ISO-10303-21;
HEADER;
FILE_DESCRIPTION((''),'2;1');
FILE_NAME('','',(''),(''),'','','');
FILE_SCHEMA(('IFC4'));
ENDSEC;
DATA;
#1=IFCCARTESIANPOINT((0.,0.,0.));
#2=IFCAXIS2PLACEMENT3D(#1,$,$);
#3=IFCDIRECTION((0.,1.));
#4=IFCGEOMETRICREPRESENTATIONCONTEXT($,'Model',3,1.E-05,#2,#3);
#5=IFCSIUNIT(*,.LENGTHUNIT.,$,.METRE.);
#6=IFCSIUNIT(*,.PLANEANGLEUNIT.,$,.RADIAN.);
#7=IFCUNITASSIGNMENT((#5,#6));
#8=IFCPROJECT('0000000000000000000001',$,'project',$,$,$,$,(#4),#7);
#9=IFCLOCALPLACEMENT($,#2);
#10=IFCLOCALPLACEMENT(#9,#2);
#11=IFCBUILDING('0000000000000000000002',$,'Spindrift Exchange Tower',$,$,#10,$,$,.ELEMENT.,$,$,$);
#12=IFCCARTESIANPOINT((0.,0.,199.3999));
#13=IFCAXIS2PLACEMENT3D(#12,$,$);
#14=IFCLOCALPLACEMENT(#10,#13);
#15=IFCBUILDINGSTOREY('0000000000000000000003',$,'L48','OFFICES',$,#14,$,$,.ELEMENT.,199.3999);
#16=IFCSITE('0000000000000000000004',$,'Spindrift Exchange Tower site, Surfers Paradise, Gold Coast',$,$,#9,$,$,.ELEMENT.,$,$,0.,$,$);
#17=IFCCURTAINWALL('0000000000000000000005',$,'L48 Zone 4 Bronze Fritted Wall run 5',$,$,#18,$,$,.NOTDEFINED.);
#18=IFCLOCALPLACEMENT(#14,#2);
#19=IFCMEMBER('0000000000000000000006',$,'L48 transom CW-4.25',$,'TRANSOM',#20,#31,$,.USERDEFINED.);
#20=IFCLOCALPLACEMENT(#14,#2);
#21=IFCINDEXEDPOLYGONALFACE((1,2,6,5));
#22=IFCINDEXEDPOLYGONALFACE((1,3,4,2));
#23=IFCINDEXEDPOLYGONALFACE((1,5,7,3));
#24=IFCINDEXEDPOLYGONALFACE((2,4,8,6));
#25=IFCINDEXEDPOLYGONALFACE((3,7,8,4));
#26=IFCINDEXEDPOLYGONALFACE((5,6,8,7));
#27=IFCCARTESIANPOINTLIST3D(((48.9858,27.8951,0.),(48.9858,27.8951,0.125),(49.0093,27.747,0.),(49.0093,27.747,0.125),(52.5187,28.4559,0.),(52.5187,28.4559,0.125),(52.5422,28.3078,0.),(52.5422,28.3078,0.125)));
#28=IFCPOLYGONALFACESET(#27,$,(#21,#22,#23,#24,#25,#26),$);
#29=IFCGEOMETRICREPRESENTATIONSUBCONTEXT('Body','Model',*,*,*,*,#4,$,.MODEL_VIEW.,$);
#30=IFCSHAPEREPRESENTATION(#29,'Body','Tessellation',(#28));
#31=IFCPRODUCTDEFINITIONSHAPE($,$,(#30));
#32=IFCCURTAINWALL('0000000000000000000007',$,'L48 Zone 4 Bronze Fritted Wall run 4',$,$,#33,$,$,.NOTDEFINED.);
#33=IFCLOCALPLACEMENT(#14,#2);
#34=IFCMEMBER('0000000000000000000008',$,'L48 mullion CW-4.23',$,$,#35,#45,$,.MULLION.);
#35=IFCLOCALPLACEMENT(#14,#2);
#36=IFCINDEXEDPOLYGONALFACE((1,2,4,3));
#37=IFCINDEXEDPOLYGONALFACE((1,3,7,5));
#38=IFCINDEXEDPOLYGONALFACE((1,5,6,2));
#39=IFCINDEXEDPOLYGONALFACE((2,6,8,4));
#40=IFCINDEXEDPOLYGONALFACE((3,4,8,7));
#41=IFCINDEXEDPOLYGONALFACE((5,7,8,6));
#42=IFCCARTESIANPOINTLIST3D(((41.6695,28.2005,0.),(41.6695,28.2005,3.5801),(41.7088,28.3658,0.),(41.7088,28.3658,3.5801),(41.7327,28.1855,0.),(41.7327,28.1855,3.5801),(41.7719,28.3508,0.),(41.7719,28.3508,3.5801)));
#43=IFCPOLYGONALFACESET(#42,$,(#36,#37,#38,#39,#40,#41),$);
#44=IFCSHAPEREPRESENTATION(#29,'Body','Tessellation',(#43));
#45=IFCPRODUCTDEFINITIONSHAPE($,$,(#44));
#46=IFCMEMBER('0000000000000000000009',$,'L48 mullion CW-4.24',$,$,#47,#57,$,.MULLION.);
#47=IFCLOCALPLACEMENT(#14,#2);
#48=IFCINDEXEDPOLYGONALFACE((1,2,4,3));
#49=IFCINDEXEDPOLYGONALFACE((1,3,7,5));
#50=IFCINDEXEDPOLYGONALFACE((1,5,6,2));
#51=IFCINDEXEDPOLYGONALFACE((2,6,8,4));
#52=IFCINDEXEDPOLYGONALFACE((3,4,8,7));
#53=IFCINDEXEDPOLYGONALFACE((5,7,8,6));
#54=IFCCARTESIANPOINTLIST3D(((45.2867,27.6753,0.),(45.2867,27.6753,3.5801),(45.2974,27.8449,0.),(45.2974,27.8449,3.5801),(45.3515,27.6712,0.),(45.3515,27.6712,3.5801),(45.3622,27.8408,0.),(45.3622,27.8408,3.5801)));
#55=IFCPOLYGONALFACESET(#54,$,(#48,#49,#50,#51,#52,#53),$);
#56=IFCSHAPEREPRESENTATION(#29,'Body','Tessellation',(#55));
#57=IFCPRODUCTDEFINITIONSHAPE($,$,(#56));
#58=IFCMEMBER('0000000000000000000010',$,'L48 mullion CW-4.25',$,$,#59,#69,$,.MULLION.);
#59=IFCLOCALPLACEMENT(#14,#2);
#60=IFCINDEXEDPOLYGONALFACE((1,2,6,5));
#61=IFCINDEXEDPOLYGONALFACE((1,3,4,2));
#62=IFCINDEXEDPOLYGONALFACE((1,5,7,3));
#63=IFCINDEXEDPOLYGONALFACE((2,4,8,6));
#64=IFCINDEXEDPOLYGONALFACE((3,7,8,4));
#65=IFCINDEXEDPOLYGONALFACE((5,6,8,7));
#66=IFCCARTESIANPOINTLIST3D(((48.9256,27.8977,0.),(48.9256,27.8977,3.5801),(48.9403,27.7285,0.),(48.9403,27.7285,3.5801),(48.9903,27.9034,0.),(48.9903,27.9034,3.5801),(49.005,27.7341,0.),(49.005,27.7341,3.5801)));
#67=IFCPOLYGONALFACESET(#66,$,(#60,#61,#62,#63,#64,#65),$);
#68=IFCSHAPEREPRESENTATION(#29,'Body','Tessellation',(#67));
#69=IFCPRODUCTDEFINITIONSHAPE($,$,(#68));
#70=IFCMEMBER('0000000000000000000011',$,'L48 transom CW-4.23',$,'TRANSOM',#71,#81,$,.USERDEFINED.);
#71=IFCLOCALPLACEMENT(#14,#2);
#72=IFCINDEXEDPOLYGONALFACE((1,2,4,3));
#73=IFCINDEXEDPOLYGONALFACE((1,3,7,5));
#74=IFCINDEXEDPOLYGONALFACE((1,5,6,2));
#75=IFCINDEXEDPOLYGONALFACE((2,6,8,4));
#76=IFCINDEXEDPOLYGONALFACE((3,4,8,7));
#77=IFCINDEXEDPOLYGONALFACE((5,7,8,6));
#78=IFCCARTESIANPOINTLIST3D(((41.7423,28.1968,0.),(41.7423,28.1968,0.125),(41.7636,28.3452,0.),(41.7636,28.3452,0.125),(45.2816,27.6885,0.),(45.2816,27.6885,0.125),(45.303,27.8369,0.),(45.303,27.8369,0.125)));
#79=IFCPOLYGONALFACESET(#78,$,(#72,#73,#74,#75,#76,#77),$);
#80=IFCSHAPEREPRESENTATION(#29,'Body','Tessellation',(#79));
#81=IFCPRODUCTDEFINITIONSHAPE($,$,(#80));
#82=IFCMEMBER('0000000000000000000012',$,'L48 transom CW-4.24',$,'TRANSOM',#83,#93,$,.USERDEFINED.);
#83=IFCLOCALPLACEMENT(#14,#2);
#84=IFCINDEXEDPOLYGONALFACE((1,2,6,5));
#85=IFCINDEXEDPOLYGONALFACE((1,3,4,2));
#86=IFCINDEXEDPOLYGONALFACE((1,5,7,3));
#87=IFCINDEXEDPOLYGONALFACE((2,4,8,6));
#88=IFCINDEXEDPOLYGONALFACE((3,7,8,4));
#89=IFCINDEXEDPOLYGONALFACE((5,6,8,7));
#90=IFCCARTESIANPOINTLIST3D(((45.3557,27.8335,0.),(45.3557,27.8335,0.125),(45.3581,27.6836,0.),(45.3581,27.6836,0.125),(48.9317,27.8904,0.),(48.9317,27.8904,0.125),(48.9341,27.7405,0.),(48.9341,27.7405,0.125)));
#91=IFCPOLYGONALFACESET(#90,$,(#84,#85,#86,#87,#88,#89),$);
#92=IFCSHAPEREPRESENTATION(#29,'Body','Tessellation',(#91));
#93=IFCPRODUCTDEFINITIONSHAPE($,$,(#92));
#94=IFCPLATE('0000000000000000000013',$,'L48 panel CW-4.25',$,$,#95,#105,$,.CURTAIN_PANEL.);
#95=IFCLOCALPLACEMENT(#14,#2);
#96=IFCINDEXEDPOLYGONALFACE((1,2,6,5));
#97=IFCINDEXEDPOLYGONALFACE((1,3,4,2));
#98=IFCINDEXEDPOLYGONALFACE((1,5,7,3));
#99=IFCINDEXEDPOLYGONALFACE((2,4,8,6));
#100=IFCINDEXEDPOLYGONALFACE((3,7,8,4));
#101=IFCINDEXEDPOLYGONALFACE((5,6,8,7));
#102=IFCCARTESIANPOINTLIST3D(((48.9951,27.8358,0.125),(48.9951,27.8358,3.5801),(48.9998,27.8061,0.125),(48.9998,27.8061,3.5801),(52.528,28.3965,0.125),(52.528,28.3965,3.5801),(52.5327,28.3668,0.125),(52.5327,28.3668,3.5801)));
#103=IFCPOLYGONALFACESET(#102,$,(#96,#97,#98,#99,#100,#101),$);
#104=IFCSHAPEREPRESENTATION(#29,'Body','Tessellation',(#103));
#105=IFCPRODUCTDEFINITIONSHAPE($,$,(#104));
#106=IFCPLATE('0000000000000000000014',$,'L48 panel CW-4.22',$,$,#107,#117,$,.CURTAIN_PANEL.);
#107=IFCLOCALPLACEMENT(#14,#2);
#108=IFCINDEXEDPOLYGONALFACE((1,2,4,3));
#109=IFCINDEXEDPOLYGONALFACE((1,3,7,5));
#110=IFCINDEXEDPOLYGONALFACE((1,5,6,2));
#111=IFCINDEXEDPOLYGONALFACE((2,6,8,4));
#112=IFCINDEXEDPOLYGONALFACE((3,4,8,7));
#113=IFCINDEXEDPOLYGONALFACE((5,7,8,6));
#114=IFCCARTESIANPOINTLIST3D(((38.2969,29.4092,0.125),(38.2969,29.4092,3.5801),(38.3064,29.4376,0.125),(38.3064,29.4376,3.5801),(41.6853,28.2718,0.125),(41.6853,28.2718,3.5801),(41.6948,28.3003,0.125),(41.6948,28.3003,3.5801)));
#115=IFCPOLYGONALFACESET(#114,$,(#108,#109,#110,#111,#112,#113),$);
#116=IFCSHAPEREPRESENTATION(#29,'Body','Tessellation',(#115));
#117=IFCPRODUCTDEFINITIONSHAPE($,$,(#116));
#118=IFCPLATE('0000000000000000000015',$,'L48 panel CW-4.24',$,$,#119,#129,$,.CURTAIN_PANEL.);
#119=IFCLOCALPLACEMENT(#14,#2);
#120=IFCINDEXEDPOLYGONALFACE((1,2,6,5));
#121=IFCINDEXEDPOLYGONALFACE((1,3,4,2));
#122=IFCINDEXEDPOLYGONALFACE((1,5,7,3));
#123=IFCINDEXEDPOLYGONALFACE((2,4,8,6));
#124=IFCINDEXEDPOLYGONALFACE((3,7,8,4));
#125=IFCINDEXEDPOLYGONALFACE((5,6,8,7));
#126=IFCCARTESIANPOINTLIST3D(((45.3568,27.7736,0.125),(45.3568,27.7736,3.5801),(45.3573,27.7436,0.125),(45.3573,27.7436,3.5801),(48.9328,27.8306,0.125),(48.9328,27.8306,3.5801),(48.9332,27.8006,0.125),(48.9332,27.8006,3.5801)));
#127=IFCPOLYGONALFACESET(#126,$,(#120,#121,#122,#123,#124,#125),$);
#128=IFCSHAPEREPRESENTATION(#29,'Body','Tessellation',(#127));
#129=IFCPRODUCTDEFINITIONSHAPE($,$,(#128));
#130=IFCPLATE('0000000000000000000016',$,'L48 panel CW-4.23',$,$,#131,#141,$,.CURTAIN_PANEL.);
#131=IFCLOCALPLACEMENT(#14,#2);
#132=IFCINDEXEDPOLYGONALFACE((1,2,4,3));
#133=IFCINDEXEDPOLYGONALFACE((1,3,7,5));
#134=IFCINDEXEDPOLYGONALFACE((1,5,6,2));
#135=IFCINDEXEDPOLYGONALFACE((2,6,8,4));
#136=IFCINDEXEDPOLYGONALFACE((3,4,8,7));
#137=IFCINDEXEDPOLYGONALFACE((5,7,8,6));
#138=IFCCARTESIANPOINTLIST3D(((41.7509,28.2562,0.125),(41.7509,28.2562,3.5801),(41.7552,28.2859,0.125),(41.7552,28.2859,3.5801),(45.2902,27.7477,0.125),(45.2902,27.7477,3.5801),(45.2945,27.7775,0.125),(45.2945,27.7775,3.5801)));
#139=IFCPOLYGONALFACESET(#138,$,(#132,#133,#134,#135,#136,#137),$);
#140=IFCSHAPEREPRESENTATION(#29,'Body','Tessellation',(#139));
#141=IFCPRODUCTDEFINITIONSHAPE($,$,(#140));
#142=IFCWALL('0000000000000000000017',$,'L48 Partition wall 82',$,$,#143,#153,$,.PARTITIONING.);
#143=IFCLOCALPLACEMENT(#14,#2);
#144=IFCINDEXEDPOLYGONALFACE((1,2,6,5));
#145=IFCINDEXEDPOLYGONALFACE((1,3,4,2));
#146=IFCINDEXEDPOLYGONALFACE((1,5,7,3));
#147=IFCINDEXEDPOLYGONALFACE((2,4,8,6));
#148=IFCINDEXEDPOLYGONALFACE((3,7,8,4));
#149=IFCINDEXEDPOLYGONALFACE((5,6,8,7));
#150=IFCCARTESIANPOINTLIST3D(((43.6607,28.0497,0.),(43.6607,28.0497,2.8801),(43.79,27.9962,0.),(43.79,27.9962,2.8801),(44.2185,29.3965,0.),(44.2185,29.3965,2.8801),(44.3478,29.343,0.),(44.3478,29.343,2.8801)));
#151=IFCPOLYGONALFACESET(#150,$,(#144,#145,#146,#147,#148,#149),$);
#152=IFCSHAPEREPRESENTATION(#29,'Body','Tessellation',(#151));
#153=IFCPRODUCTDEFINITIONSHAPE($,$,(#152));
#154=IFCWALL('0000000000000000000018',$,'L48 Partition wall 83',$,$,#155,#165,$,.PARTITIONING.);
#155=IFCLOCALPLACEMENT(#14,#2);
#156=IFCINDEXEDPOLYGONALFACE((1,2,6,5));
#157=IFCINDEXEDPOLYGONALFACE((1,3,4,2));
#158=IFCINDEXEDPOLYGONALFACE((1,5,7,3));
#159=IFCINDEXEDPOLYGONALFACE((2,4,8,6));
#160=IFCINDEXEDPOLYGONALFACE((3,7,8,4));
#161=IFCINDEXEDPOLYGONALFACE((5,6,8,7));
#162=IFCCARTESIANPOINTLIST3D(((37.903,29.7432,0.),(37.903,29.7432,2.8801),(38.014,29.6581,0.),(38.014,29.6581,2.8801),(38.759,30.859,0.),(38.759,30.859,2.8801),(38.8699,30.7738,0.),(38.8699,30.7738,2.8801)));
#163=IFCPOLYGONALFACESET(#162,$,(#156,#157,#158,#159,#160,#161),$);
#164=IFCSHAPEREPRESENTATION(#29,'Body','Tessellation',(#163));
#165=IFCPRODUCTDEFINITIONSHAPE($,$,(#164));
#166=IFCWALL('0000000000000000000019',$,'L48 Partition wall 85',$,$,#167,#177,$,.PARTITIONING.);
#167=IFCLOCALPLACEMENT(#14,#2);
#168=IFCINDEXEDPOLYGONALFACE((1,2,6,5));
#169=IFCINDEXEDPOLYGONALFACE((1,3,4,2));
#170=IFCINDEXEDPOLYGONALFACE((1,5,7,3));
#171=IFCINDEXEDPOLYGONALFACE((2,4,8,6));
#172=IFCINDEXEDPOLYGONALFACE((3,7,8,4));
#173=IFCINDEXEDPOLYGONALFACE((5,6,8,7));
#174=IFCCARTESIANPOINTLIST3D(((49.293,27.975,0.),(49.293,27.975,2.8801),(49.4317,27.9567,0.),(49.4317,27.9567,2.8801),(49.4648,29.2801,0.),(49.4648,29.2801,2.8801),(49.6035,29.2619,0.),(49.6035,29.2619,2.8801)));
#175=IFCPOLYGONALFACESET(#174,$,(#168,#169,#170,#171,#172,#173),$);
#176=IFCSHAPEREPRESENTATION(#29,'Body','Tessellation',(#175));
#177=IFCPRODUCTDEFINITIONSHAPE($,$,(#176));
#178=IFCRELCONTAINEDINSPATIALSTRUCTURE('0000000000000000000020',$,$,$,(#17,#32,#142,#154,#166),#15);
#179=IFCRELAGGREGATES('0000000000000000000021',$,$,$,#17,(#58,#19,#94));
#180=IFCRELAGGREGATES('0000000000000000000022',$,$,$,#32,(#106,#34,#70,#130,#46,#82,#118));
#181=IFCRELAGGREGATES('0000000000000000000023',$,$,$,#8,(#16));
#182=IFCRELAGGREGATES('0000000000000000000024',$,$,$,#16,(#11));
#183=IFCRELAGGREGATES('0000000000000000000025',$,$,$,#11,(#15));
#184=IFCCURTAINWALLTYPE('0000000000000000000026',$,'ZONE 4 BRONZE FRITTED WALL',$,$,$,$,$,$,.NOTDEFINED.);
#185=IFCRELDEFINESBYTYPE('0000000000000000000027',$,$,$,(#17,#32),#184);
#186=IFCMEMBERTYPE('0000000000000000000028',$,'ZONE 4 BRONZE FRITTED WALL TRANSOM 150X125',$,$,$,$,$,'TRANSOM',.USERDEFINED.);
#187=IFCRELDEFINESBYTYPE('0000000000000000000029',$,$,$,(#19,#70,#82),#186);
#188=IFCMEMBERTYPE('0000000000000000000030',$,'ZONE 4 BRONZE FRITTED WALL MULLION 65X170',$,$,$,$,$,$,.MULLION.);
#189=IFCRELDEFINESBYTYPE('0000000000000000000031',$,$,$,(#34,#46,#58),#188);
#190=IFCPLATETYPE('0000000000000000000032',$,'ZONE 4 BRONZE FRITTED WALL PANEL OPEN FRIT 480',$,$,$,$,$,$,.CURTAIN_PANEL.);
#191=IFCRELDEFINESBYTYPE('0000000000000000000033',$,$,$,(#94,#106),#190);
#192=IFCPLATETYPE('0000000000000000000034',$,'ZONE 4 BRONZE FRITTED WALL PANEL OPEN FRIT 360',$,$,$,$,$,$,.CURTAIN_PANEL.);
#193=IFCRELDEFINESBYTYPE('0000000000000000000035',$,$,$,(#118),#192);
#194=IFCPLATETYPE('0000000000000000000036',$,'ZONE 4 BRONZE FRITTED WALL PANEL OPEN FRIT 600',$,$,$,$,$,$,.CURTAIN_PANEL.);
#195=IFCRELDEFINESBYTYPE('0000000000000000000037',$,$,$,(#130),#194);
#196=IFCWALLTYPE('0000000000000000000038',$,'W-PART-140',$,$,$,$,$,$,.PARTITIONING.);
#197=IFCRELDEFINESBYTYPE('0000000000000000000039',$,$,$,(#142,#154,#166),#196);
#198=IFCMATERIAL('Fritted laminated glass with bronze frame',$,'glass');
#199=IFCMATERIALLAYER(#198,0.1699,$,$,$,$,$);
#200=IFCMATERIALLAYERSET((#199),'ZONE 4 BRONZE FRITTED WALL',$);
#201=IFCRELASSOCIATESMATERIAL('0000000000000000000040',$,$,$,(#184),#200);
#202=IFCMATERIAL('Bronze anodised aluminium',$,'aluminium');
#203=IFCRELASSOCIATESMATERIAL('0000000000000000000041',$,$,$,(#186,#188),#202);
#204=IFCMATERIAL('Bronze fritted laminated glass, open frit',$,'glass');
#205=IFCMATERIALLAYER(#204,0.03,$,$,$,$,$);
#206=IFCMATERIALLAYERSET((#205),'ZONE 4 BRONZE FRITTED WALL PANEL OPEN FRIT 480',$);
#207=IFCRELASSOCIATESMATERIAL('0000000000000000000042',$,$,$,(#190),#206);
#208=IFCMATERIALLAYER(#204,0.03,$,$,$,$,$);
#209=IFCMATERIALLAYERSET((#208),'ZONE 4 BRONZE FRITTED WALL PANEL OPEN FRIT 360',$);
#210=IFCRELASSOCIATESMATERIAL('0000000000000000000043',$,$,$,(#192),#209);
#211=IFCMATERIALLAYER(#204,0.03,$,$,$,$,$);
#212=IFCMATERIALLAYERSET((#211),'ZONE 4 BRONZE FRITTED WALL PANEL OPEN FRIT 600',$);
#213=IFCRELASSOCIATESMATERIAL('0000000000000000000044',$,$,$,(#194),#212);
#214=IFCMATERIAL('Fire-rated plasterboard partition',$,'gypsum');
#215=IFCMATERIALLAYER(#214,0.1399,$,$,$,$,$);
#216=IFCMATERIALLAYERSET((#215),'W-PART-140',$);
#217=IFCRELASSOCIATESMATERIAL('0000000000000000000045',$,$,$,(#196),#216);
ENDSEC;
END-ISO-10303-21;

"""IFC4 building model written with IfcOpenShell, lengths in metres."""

from ifc_helpers import new_model, si_unit, direction, frame, frame_2d, origin, origin_2d, place, context, subcontext, project, spatial, rectangle, extrude, source, transform, mapped, material, layer, layer_set, material_profile, profile_set, type_object, element, aggregate, save


model = new_model("IFC4")

# Units and contexts
model_context = context("Model", 3, precision=1e-05, world=origin(), true_north=direction((0.0, 1.0)))
body_context = subcontext(model_context, "Body", "Model", "MODEL_VIEW")
ifc_project = project(units=[si_unit("LENGTHUNIT", "METRE"), si_unit("PLANEANGLEUNIT", "RADIAN")], contexts=[model_context])

# Site, building, storey
site_placement = place(None, origin())
site = spatial("IfcSite", under=ifc_project, at=site_placement, Name="Spindrift Exchange Tower site, Surfers Paradise, Gold Coast", CompositionType="ELEMENT", RefElevation=0.0)
building_placement = place(site_placement, origin())
building = spatial("IfcBuilding", under=site, at=building_placement, Name="Spindrift Exchange Tower", CompositionType="ELEMENT")
storey_placement = place(building_placement, frame((0.0, 0.0, 199.3999)))
storey = spatial("IfcBuildingStorey", under=building, at=storey_placement, Name="L48", Description="OFFICES", CompositionType="ELEMENT", Elevation=199.3999)

# Curtain wall, member
ifc_material_1 = material(Name="Fritted laminated glass with bronze frame", Category="glass")
ifc_layer_1 = layer(ifc_material_1, 0.1699)
ifc_layer_set_1 = layer_set([ifc_layer_1], Name="ZONE 4 BRONZE FRITTED WALL")
curtain_wall_type = type_object("IfcCurtainWallType", Name="ZONE 4 BRONZE FRITTED WALL", PredefinedType="NOTDEFINED", material=ifc_layer_set_1)
curtain_wall_1_placement = place(storey_placement, origin())
curtain_wall_1 = element("IfcCurtainWall", 1, at=curtain_wall_1_placement, inside=storey, type_object=curtain_wall_type, Name="L48 Zone 4 Bronze Fritted Wall run 5", PredefinedType="NOTDEFINED")
ifc_material_2 = material(Name="Bronze anodised aluminium", Category="aluminium")
ifc_material_profile_1 = material_profile(ifc_material_2, rectangle(XDim=0.1499, YDim=0.125, at=origin_2d()), Name="ZONE 4 BRONZE FRITTED WALL TRANSOM 150X125")
ifc_profile_set_1 = profile_set([ifc_material_profile_1], Name="Bronze anodised aluminium")
member_type_1 = type_object("IfcMemberType", Name="ZONE 4 BRONZE FRITTED WALL TRANSOM 150X125", ElementType="TRANSOM", PredefinedType="USERDEFINED", material=ifc_profile_set_1)
shared_shape_1 = source(origin(), body_context, "Body", "SweptSolid", [
    extrude(rectangle(XDim=0.1499, YDim=0.125, at=origin_2d()), origin(), (0.0, 0.0, 1.0), 3.5771),
])
member_1_placement = place(storey_placement, frame((48.9976, 27.821, 0.0625), z_axis=(0.987635, 0.156769, 0.0), x_axis=(-0.156769, 0.987635, 0.0)))
member_1 = element("IfcMember", 2, at=member_1_placement, type_object=member_type_1, Name="L48 transom CW-4.25", ObjectType="TRANSOM", PredefinedType="USERDEFINED", context=body_context, shape_type="MappedRepresentation", body=[
    mapped(shared_shape_1, transform((0.0, 0.0, 0.0), scale=1.0)),
])

# Curtain wall, members
curtain_wall_2_placement = place(storey_placement, origin())
curtain_wall_2 = element("IfcCurtainWall", 3, at=curtain_wall_2_placement, inside=storey, type_object=curtain_wall_type, Name="L48 Zone 4 Bronze Fritted Wall run 4", PredefinedType="NOTDEFINED")
ifc_material_profile_2 = material_profile(ifc_material_2, rectangle(XDim=0.0649, YDim=0.1699, at=origin_2d()), Name="ZONE 4 BRONZE FRITTED WALL MULLION 65X170")
ifc_profile_set_2 = profile_set([ifc_material_profile_2], Name="Bronze anodised aluminium")
member_type_2 = type_object("IfcMemberType", Name="ZONE 4 BRONZE FRITTED WALL MULLION 65X170", PredefinedType="MULLION", material=ifc_profile_set_2)
shared_shape_2 = source(origin(), body_context, "Body", "SweptSolid", [
    extrude(rectangle(XDim=0.0649, YDim=0.1699, at=origin_2d()), origin(), (0.0, 0.0, 1.0), 3.5801),
])
member_2_placement = place(storey_placement, frame((41.7207, 28.2756, 0.0), z_axis=(0.0, 0.0, 1.0), x_axis=(0.972918, -0.231151, 0.0)))
member_2 = element("IfcMember", 4, at=member_2_placement, type_object=member_type_2, Name="L48 mullion CW-4.23", PredefinedType="MULLION", context=body_context, shape_type="MappedRepresentation", body=[
    mapped(shared_shape_2, transform((0.0, 0.0, 0.0), scale=1.0)),
])
member_3_placement = place(storey_placement, frame((45.3245, 27.7581, 0.0), z_axis=(0.0, 0.0, 1.0), x_axis=(0.997992, -0.063336, 0.0)))
member_3 = element("IfcMember", 5, at=member_3_placement, type_object=member_type_2, Name="L48 mullion CW-4.24", PredefinedType="MULLION", context=body_context, shape_type="MappedRepresentation", body=[
    mapped(shared_shape_2, transform((0.0, 0.0, 0.0), scale=1.0)),
])

# Members
member_4_placement = place(storey_placement, frame((48.9653, 27.8159, 0.0), z_axis=(0.0, 0.0, 1.0), x_axis=(0.996247, 0.086555, 0.0)))
member_4 = element("IfcMember", 6, at=member_4_placement, type_object=member_type_2, Name="L48 mullion CW-4.25", PredefinedType="MULLION", context=body_context, shape_type="MappedRepresentation", body=[
    mapped(shared_shape_2, transform((0.0, 0.0, 0.0), scale=1.0)),
])
shared_shape_3 = source(origin(), body_context, "Body", "SweptSolid", [
    extrude(rectangle(XDim=0.1499, YDim=0.125, at=origin_2d()), origin(), (0.0, 0.0, 1.0), 3.5757),
])
member_5_placement = place(storey_placement, frame((41.7529, 28.271, 0.0625), z_axis=(0.989844, -0.142157, 0.0), x_axis=(0.142157, 0.989844, 0.0)))
member_5 = element("IfcMember", 7, at=member_5_placement, type_object=member_type_1, Name="L48 transom CW-4.23", ObjectType="TRANSOM", PredefinedType="USERDEFINED", context=body_context, shape_type="MappedRepresentation", body=[
    mapped(shared_shape_3, transform((0.0, 0.0, 0.0), scale=1.0)),
])
shared_shape_4 = source(origin(), body_context, "Body", "SweptSolid", [
    extrude(rectangle(XDim=0.1499, YDim=0.125, at=origin_2d()), origin(), (0.0, 0.0, 1.0), 3.5764),
])
member_6_placement = place(storey_placement, frame((45.3569, 27.7585, 0.0625), z_axis=(0.999873, 0.015906, 0.0), x_axis=(-0.015906, 0.999873, 0.0)))
member_6 = element("IfcMember", 8, at=member_6_placement, type_object=member_type_1, Name="L48 transom CW-4.24", ObjectType="TRANSOM", PredefinedType="USERDEFINED", context=body_context, shape_type="MappedRepresentation", body=[
    mapped(shared_shape_4, transform((0.0, 0.0, 0.0), scale=1.0)),
])

# Plates
ifc_material_3 = material(Name="Bronze fritted laminated glass, open frit", Category="glass")
ifc_layer_2 = layer(ifc_material_3, 0.03)
ifc_layer_set_2 = layer_set([ifc_layer_2], Name="ZONE 4 BRONZE FRITTED WALL PANEL OPEN FRIT 480")
plate_type_1 = type_object("IfcPlateType", Name="ZONE 4 BRONZE FRITTED WALL PANEL OPEN FRIT 480", PredefinedType="CURTAIN_PANEL", material=ifc_layer_set_2)
shared_shape_5 = source(origin(), body_context, "Body", "SweptSolid", [
    extrude(rectangle(XDim=3.5771, YDim=0.03, at=origin_2d()), origin(), (0.0, 0.0, 1.0), 3.4551),
])
plate_1_placement = place(storey_placement, frame((50.7639, 28.1013, 0.125), z_axis=(0.0, 0.0, 1.0), x_axis=(0.987638, 0.15675, 0.0)))
plate_1 = element("IfcPlate", 9, at=plate_1_placement, type_object=plate_type_1, Name="L48 panel CW-4.25", PredefinedType="CURTAIN_PANEL", context=body_context, shape_type="MappedRepresentation", body=[
    mapped(shared_shape_5, transform((0.0, 0.0, 0.0), scale=1.0)),
])
aggregate(curtain_wall_1, [member_4, member_1, plate_1])
shared_shape_6 = source(origin(), body_context, "Body", "SweptSolid", [
    extrude(rectangle(XDim=3.5742, YDim=0.03, at=origin_2d()), origin(), (0.0, 0.0, 1.0), 3.4551),
])
plate_2_placement = place(storey_placement, frame((39.9958, 28.8547, 0.125), z_axis=(0.0, 0.0, 1.0), x_axis=(0.948022, -0.318205, 0.0)))
plate_2 = element("IfcPlate", 10, at=plate_2_placement, type_object=plate_type_1, Name="L48 panel CW-4.22", PredefinedType="CURTAIN_PANEL", context=body_context, shape_type="MappedRepresentation", body=[
    mapped(shared_shape_6, transform((0.0, 0.0, 0.0), scale=1.0)),
])
ifc_layer_3 = layer(ifc_material_3, 0.03)
ifc_layer_set_3 = layer_set([ifc_layer_3], Name="ZONE 4 BRONZE FRITTED WALL PANEL OPEN FRIT 360")
plate_type_2 = type_object("IfcPlateType", Name="ZONE 4 BRONZE FRITTED WALL PANEL OPEN FRIT 360", PredefinedType="CURTAIN_PANEL", material=ifc_layer_set_3)
shared_shape_7 = source(origin(), body_context, "Body", "SweptSolid", [
    extrude(rectangle(XDim=3.5764, YDim=0.03, at=origin_2d()), origin(), (0.0, 0.0, 1.0), 3.4551),
])
plate_3_placement = place(storey_placement, frame((47.145, 27.7871, 0.125), z_axis=(0.0, 0.0, 1.0), x_axis=(0.999873, 0.015927, 0.0)))
plate_3 = element("IfcPlate", 11, at=plate_3_placement, type_object=plate_type_2, Name="L48 panel CW-4.24", PredefinedType="CURTAIN_PANEL", context=body_context, shape_type="MappedRepresentation", body=[
    mapped(shared_shape_7, transform((0.0, 0.0, 0.0), scale=1.0)),
])
ifc_layer_4 = layer(ifc_material_3, 0.03)
ifc_layer_set_4 = layer_set([ifc_layer_4], Name="ZONE 4 BRONZE FRITTED WALL PANEL OPEN FRIT 600")
plate_type_3 = type_object("IfcPlateType", Name="ZONE 4 BRONZE FRITTED WALL PANEL OPEN FRIT 600", PredefinedType="CURTAIN_PANEL", material=ifc_layer_set_4)
shared_shape_8 = source(origin(), body_context, "Body", "SweptSolid", [
    extrude(rectangle(XDim=3.5757, YDim=0.03, at=origin_2d()), origin(), (0.0, 0.0, 1.0), 3.4551),
])
plate_4_placement = place(storey_placement, frame((43.5227, 28.0168, 0.125), z_axis=(0.0, 0.0, 1.0), x_axis=(0.989838, -0.142202, 0.0)))
plate_4 = element("IfcPlate", 12, at=plate_4_placement, type_object=plate_type_3, Name="L48 panel CW-4.23", PredefinedType="CURTAIN_PANEL", context=body_context, shape_type="MappedRepresentation", body=[
    mapped(shared_shape_8, transform((0.0, 0.0, 0.0), scale=1.0)),
])
aggregate(curtain_wall_2, [plate_2, member_2, member_5, plate_4, member_3, member_6, plate_3])

# Walls
ifc_material_4 = material(Name="Fire-rated plasterboard partition", Category="gypsum")
ifc_layer_5 = layer(ifc_material_4, 0.1399)
ifc_layer_set_5 = layer_set([ifc_layer_5], Name="W-PART-140")
wall_type = type_object("IfcWallType", Name="W-PART-140", PredefinedType="PARTITIONING", material=ifc_layer_set_5)
wall_1_placement = place(storey_placement, frame((44.2832, 29.3699, 0.0), z_axis=(0.0, 0.0, 1.0), x_axis=(-0.382653, -0.923892, 0.0)))
element("IfcWall", 13, at=wall_1_placement, inside=storey, type_object=wall_type, Name="L48 Partition wall 82", PredefinedType="PARTITIONING", context=body_context, shape_type="SweptSolid", body=[
    extrude(rectangle(XDim=1.4578, YDim=0.1399, at=frame_2d((0.729, 0.0))), origin(), (0.0, 0.0, 1.0), 2.8801),
])
wall_2_placement = place(storey_placement, frame((38.8145, 30.8164, 0.0), z_axis=(0.0, 0.0, 1.0), x_axis=(-0.608687, -0.793411, 0.0)))
element("IfcWall", 14, at=wall_2_placement, inside=storey, type_object=wall_type, Name="L48 Partition wall 83", PredefinedType="PARTITIONING", context=body_context, shape_type="SweptSolid", body=[
    extrude(rectangle(XDim=1.4062, YDim=0.1399, at=frame_2d((0.7031, 0.0))), origin(), (0.0, 0.0, 1.0), 2.8801),
])
wall_3_placement = place(storey_placement, frame((49.5342, 29.271, 0.0), z_axis=(0.0, 0.0, 1.0), x_axis=(-0.13056, -0.99144, 0.0)))
element("IfcWall", 15, at=wall_3_placement, inside=storey, type_object=wall_type, Name="L48 Partition wall 85", PredefinedType="PARTITIONING", context=body_context, shape_type="SweptSolid", body=[
    extrude(rectangle(XDim=1.3164, YDim=0.1399, at=frame_2d((0.6582, 0.0))), origin(), (0.0, 0.0, 1.0), 2.8801),
])

save(model, "model.ifc")
